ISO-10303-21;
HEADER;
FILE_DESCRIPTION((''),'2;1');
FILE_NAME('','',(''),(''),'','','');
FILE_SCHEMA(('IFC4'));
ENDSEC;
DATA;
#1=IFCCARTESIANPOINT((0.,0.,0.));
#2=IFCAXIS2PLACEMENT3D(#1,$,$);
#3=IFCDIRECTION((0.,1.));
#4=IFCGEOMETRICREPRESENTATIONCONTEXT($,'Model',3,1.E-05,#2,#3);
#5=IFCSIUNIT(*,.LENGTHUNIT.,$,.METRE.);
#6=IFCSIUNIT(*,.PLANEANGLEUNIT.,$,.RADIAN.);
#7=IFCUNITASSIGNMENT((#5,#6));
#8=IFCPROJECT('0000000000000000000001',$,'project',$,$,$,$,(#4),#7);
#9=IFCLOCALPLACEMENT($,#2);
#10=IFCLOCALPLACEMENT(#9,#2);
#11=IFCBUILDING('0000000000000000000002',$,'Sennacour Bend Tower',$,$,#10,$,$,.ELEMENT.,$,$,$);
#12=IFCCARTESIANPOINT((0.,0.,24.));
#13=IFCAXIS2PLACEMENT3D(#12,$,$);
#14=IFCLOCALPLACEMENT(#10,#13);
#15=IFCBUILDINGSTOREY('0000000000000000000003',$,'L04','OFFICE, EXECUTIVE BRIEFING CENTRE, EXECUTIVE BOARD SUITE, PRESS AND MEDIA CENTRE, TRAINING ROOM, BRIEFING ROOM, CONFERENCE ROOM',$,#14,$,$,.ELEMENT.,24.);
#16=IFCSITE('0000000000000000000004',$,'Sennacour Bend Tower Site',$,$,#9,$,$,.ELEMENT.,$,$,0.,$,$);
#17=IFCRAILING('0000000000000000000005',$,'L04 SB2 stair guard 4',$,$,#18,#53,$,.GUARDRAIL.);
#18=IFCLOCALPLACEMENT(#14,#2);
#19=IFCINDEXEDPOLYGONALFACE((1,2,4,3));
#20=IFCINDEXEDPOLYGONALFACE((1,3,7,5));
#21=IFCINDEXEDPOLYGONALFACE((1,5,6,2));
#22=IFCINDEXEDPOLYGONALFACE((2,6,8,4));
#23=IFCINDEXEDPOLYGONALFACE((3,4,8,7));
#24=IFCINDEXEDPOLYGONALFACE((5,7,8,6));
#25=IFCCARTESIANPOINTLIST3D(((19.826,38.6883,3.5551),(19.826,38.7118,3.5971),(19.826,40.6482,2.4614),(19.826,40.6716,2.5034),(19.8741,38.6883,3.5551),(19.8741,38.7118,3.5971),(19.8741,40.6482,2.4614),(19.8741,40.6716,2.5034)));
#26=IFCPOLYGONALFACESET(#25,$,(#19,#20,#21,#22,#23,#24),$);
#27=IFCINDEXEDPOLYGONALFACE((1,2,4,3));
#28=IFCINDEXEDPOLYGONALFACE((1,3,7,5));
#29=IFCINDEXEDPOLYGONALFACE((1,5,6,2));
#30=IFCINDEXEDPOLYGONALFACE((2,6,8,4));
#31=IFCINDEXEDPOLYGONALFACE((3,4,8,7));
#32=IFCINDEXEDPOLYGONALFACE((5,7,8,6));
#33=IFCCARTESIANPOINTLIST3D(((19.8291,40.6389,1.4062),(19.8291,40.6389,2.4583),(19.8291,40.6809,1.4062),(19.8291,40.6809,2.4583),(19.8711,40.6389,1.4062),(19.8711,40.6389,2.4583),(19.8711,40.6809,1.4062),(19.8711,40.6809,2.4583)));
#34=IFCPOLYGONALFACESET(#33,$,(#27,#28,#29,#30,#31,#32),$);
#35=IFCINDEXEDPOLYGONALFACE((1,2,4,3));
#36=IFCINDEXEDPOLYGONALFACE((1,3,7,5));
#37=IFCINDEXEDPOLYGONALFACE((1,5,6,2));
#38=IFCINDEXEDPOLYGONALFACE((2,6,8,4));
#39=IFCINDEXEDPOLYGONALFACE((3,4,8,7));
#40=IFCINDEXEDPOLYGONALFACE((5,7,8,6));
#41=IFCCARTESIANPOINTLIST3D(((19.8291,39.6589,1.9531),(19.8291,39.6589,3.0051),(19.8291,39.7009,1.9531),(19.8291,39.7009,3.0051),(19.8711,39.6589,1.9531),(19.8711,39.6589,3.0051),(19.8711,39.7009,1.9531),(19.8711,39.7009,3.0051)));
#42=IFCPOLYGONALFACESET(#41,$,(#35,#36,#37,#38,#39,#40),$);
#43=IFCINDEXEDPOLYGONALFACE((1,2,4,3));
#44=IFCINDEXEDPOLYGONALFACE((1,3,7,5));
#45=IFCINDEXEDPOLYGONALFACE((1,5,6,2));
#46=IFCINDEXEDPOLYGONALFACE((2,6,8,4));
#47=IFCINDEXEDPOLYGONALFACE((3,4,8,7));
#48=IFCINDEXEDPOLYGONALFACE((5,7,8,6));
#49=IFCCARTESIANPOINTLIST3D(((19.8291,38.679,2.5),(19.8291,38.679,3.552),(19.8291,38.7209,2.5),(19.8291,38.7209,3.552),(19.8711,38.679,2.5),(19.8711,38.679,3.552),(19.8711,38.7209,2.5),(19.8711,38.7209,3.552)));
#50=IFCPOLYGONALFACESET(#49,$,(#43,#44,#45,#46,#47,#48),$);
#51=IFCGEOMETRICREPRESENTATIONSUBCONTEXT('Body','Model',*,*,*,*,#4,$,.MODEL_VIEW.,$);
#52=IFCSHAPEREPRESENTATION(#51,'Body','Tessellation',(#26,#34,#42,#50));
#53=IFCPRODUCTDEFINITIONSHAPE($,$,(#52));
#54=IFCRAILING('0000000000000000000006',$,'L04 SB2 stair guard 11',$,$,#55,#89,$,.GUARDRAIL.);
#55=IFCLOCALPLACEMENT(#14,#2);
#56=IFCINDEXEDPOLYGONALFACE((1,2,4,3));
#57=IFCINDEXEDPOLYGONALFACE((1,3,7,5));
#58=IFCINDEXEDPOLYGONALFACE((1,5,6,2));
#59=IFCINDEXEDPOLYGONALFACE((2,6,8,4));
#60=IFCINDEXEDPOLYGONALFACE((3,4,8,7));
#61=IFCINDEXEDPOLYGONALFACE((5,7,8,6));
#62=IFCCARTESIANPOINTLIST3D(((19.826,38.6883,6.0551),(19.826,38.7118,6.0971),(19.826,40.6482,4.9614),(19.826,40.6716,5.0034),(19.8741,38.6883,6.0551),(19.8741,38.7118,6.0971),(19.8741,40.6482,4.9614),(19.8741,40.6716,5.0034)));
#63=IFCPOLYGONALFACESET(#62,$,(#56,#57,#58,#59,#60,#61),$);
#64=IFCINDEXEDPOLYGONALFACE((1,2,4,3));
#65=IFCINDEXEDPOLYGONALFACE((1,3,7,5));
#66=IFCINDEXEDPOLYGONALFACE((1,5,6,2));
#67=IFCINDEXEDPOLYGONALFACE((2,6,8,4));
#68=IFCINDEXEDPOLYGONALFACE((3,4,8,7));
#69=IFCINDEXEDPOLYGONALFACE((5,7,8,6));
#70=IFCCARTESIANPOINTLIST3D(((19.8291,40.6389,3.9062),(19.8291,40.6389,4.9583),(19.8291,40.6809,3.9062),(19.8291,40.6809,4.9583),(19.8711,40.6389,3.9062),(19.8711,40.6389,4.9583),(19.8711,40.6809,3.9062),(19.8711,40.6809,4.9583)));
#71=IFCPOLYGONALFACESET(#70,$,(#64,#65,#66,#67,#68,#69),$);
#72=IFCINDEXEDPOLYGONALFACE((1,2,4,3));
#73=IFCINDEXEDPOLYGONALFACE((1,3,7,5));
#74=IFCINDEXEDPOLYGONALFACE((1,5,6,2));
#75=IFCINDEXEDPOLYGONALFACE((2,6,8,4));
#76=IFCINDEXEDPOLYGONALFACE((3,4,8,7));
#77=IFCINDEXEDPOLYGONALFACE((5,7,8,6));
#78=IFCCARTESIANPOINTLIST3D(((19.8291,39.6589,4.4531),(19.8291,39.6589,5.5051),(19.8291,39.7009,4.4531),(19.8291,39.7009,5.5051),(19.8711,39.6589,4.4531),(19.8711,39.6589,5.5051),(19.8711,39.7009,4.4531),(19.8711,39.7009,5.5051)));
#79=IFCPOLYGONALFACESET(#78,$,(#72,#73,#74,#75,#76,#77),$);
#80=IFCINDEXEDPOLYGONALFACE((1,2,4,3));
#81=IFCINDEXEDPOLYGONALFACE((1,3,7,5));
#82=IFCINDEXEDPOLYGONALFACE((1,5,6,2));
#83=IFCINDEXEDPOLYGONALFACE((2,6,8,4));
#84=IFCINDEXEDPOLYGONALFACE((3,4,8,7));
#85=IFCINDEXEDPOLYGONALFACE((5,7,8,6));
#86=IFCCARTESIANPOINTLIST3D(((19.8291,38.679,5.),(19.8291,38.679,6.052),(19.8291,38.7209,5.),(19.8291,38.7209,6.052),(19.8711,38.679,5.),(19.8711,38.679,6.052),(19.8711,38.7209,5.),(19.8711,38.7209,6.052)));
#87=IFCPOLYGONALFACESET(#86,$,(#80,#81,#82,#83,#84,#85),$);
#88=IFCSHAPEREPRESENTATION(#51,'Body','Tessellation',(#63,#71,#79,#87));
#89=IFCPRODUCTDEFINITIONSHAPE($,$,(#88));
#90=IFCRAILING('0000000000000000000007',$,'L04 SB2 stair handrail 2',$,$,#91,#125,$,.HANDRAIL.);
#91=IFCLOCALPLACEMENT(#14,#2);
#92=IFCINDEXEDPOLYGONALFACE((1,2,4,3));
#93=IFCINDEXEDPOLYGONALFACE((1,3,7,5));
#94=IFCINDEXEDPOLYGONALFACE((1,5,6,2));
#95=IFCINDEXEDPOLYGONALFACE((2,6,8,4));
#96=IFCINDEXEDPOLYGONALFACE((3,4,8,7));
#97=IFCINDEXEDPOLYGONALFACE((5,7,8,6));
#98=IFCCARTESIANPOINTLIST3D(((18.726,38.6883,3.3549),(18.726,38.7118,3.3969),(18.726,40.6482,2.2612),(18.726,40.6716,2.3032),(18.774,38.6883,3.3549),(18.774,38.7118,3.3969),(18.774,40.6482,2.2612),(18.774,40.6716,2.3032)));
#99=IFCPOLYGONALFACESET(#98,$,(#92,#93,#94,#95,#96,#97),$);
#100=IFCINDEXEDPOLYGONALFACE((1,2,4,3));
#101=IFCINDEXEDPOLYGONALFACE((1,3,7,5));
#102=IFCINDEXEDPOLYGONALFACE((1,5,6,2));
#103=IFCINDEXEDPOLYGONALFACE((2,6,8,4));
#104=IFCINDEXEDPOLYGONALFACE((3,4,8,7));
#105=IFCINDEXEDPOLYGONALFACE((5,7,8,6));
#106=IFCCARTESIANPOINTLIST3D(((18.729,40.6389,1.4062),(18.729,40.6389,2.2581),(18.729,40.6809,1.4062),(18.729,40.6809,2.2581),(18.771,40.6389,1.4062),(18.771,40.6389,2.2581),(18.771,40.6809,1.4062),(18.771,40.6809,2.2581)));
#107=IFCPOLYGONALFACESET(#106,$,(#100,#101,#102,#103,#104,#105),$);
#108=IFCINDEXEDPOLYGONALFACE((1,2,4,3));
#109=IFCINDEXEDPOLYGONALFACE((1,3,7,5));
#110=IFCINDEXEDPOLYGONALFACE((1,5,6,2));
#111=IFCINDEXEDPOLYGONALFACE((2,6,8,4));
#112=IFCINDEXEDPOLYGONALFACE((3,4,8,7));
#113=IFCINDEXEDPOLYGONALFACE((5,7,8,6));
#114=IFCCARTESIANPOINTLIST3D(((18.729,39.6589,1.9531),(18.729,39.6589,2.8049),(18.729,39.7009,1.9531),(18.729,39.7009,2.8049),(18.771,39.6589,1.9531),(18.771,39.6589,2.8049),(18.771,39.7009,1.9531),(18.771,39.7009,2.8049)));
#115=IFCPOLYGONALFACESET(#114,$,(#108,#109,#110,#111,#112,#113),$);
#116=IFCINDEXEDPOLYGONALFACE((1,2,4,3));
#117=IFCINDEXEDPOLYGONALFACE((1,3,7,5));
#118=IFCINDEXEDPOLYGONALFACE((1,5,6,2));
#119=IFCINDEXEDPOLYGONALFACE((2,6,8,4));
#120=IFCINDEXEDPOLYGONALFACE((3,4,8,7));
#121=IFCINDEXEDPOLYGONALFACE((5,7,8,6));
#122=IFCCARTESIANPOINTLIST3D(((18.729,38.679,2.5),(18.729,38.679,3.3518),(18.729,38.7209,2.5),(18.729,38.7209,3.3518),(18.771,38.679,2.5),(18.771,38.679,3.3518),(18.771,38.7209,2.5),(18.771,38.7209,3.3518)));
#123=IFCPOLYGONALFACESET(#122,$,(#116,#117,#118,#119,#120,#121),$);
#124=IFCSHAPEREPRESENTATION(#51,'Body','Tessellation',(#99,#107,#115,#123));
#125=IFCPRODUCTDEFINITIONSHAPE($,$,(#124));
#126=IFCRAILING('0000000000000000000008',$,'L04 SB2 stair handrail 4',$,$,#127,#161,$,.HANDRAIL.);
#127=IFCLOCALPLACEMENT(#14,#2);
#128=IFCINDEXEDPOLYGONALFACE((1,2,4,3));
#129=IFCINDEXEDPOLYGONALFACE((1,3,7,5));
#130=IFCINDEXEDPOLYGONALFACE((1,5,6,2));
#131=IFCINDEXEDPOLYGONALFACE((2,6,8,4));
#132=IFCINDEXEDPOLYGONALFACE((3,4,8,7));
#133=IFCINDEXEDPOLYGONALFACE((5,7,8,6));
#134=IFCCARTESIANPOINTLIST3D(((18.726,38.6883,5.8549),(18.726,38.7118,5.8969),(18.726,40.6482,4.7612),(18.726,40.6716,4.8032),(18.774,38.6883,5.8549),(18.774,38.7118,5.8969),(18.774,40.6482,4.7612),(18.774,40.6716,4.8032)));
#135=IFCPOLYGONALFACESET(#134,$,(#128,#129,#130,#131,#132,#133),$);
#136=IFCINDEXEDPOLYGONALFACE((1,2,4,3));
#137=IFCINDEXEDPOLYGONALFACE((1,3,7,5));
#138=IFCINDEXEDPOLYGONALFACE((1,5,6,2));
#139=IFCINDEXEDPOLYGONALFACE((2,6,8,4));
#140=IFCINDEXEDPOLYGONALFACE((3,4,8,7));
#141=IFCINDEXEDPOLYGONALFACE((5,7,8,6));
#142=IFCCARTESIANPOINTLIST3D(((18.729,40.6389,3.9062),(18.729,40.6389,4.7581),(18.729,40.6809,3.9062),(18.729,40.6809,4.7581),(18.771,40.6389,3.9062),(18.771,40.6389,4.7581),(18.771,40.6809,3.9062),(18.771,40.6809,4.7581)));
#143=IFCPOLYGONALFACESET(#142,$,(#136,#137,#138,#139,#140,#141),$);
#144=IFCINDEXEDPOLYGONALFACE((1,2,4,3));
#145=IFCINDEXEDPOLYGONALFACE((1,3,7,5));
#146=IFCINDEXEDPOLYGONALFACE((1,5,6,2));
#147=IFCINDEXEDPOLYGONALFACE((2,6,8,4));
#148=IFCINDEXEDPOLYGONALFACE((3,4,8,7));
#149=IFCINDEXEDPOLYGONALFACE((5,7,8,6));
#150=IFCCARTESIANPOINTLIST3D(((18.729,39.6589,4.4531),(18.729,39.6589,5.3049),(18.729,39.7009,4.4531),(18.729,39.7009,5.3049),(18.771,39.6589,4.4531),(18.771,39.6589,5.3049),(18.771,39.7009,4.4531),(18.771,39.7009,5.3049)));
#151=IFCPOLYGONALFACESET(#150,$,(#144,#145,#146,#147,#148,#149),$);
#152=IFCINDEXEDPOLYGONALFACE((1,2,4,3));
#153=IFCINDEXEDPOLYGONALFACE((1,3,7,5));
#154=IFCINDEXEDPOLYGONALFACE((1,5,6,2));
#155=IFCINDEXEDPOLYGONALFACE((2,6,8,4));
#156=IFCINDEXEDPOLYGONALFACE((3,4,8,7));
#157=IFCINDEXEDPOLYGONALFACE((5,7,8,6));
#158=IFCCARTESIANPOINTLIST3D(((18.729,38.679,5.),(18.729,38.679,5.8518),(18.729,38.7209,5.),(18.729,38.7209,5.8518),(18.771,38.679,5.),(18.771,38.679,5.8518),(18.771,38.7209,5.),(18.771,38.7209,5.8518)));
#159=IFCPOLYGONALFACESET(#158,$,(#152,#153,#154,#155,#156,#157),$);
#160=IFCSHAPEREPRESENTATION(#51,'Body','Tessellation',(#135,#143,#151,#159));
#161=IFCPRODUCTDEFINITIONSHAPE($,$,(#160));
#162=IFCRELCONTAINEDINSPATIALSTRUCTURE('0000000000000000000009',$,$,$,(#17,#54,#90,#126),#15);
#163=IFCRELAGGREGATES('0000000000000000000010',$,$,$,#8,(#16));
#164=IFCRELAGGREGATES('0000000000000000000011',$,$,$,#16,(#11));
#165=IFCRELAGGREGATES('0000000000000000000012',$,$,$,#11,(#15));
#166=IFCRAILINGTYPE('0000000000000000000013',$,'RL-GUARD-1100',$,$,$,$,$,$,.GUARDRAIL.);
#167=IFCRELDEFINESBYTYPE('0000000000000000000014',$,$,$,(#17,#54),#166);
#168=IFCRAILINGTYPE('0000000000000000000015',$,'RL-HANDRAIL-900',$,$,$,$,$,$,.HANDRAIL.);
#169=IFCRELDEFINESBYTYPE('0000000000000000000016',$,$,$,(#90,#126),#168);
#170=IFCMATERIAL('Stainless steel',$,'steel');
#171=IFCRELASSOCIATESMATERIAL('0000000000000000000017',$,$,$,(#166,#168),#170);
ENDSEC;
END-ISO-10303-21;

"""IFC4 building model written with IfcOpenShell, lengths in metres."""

from ifc_helpers import new_model, si_unit, direction, frame, origin, origin_2d, place, context, subcontext, project, spatial, rectangle, extrude, material, type_object, element, save


model = new_model("IFC4")

# Units and contexts
model_context = context("Model", 3, precision=1e-05, world=origin(), true_north=direction((0.0, 1.0)))
body_context = subcontext(model_context, "Body", "Model", "MODEL_VIEW")
ifc_project = project(units=[si_unit("LENGTHUNIT", "METRE"), si_unit("PLANEANGLEUNIT", "RADIAN")], contexts=[model_context])

# Site, building, storey
site_placement = place(None, origin())
site = spatial("IfcSite", under=ifc_project, at=site_placement, Name="Sennacour Bend Tower Site", CompositionType="ELEMENT", RefElevation=0.0)
building_placement = place(site_placement, origin())
building = spatial("IfcBuilding", under=site, at=building_placement, Name="Sennacour Bend Tower", CompositionType="ELEMENT")
storey_placement = place(building_placement, frame((0.0, 0.0, 24.0)))
storey = spatial("IfcBuildingStorey", under=building, at=storey_placement, Name="L04", Description="OFFICE, EXECUTIVE BRIEFING CENTRE, EXECUTIVE BOARD SUITE, PRESS AND MEDIA CENTRE, TRAINING ROOM, BRIEFING ROOM, CONFERENCE ROOM", CompositionType="ELEMENT", Elevation=24.0)

# Shared definitions
ifc_material_1 = material(Name="Stainless steel", Category="steel")

# Railings
railing_type_1 = type_object("IfcRailingType", Name="RL-GUARD-1100", PredefinedType="GUARDRAIL", material=ifc_material_1)
for number, where, name in (
    (1, (19.8501, 40.6599, 1.4062), "L04 SB2 stair guard 4"),
    (2, (19.8501, 40.6599, 3.9062), "L04 SB2 stair guard 11"),
):
    element("IfcRailing", number, at=place(storey_placement, frame(where)), inside=storey, type_object=railing_type_1, Name=name, PredefinedType="GUARDRAIL", context=body_context, shape_type="SweptSolid", body=[
        extrude(rectangle(XDim=0.0481, YDim=0.0481, at=origin_2d()), frame((0.0, 0.0, 1.0762), z_axis=(0.0, -0.873232, 0.487304), x_axis=(1.0, 0.0, 0.0)), (0.0, 0.0, 1.0), 2.2444),
        extrude(rectangle(XDim=0.042, YDim=0.042, at=origin_2d()), origin(), (0.0, 0.0, 1.0), 1.052),
        extrude(rectangle(XDim=0.042, YDim=0.042, at=origin_2d()), frame((0.0, -0.98, 0.5469)), (0.0, 0.0, 1.0), 1.052),
        extrude(rectangle(XDim=0.042, YDim=0.042, at=origin_2d()), frame((0.0, -1.96, 1.0938)), (0.0, 0.0, 1.0), 1.052),
    ])
railing_type_2 = type_object("IfcRailingType", Name="RL-HANDRAIL-900", PredefinedType="HANDRAIL", material=ifc_material_1)
for number, where, name in (
    (3, (18.75, 40.6599, 1.4062), "L04 SB2 stair handrail 2"),
    (4, (18.75, 40.6599, 3.9062), "L04 SB2 stair handrail 4"),
):
    element("IfcRailing", number, at=place(storey_placement, frame(where)), inside=storey, type_object=railing_type_2, Name=name, PredefinedType="HANDRAIL", context=body_context, shape_type="SweptSolid", body=[
        extrude(rectangle(XDim=0.0481, YDim=0.0481, at=origin_2d()), frame((0.0, 0.0, 0.876), z_axis=(0.0, -0.873232, 0.487304), x_axis=(1.0, 0.0, 0.0)), (0.0, 0.0, 1.0), 2.2444),
        extrude(rectangle(XDim=0.042, YDim=0.042, at=origin_2d()), origin(), (0.0, 0.0, 1.0), 0.8518),
        extrude(rectangle(XDim=0.042, YDim=0.042, at=origin_2d()), frame((0.0, -0.98, 0.5469)), (0.0, 0.0, 1.0), 0.8518),
        extrude(rectangle(XDim=0.042, YDim=0.042, at=origin_2d()), frame((0.0, -1.96, 1.0938)), (0.0, 0.0, 1.0), 0.8518),
    ])

save(model, "model.ifc")
